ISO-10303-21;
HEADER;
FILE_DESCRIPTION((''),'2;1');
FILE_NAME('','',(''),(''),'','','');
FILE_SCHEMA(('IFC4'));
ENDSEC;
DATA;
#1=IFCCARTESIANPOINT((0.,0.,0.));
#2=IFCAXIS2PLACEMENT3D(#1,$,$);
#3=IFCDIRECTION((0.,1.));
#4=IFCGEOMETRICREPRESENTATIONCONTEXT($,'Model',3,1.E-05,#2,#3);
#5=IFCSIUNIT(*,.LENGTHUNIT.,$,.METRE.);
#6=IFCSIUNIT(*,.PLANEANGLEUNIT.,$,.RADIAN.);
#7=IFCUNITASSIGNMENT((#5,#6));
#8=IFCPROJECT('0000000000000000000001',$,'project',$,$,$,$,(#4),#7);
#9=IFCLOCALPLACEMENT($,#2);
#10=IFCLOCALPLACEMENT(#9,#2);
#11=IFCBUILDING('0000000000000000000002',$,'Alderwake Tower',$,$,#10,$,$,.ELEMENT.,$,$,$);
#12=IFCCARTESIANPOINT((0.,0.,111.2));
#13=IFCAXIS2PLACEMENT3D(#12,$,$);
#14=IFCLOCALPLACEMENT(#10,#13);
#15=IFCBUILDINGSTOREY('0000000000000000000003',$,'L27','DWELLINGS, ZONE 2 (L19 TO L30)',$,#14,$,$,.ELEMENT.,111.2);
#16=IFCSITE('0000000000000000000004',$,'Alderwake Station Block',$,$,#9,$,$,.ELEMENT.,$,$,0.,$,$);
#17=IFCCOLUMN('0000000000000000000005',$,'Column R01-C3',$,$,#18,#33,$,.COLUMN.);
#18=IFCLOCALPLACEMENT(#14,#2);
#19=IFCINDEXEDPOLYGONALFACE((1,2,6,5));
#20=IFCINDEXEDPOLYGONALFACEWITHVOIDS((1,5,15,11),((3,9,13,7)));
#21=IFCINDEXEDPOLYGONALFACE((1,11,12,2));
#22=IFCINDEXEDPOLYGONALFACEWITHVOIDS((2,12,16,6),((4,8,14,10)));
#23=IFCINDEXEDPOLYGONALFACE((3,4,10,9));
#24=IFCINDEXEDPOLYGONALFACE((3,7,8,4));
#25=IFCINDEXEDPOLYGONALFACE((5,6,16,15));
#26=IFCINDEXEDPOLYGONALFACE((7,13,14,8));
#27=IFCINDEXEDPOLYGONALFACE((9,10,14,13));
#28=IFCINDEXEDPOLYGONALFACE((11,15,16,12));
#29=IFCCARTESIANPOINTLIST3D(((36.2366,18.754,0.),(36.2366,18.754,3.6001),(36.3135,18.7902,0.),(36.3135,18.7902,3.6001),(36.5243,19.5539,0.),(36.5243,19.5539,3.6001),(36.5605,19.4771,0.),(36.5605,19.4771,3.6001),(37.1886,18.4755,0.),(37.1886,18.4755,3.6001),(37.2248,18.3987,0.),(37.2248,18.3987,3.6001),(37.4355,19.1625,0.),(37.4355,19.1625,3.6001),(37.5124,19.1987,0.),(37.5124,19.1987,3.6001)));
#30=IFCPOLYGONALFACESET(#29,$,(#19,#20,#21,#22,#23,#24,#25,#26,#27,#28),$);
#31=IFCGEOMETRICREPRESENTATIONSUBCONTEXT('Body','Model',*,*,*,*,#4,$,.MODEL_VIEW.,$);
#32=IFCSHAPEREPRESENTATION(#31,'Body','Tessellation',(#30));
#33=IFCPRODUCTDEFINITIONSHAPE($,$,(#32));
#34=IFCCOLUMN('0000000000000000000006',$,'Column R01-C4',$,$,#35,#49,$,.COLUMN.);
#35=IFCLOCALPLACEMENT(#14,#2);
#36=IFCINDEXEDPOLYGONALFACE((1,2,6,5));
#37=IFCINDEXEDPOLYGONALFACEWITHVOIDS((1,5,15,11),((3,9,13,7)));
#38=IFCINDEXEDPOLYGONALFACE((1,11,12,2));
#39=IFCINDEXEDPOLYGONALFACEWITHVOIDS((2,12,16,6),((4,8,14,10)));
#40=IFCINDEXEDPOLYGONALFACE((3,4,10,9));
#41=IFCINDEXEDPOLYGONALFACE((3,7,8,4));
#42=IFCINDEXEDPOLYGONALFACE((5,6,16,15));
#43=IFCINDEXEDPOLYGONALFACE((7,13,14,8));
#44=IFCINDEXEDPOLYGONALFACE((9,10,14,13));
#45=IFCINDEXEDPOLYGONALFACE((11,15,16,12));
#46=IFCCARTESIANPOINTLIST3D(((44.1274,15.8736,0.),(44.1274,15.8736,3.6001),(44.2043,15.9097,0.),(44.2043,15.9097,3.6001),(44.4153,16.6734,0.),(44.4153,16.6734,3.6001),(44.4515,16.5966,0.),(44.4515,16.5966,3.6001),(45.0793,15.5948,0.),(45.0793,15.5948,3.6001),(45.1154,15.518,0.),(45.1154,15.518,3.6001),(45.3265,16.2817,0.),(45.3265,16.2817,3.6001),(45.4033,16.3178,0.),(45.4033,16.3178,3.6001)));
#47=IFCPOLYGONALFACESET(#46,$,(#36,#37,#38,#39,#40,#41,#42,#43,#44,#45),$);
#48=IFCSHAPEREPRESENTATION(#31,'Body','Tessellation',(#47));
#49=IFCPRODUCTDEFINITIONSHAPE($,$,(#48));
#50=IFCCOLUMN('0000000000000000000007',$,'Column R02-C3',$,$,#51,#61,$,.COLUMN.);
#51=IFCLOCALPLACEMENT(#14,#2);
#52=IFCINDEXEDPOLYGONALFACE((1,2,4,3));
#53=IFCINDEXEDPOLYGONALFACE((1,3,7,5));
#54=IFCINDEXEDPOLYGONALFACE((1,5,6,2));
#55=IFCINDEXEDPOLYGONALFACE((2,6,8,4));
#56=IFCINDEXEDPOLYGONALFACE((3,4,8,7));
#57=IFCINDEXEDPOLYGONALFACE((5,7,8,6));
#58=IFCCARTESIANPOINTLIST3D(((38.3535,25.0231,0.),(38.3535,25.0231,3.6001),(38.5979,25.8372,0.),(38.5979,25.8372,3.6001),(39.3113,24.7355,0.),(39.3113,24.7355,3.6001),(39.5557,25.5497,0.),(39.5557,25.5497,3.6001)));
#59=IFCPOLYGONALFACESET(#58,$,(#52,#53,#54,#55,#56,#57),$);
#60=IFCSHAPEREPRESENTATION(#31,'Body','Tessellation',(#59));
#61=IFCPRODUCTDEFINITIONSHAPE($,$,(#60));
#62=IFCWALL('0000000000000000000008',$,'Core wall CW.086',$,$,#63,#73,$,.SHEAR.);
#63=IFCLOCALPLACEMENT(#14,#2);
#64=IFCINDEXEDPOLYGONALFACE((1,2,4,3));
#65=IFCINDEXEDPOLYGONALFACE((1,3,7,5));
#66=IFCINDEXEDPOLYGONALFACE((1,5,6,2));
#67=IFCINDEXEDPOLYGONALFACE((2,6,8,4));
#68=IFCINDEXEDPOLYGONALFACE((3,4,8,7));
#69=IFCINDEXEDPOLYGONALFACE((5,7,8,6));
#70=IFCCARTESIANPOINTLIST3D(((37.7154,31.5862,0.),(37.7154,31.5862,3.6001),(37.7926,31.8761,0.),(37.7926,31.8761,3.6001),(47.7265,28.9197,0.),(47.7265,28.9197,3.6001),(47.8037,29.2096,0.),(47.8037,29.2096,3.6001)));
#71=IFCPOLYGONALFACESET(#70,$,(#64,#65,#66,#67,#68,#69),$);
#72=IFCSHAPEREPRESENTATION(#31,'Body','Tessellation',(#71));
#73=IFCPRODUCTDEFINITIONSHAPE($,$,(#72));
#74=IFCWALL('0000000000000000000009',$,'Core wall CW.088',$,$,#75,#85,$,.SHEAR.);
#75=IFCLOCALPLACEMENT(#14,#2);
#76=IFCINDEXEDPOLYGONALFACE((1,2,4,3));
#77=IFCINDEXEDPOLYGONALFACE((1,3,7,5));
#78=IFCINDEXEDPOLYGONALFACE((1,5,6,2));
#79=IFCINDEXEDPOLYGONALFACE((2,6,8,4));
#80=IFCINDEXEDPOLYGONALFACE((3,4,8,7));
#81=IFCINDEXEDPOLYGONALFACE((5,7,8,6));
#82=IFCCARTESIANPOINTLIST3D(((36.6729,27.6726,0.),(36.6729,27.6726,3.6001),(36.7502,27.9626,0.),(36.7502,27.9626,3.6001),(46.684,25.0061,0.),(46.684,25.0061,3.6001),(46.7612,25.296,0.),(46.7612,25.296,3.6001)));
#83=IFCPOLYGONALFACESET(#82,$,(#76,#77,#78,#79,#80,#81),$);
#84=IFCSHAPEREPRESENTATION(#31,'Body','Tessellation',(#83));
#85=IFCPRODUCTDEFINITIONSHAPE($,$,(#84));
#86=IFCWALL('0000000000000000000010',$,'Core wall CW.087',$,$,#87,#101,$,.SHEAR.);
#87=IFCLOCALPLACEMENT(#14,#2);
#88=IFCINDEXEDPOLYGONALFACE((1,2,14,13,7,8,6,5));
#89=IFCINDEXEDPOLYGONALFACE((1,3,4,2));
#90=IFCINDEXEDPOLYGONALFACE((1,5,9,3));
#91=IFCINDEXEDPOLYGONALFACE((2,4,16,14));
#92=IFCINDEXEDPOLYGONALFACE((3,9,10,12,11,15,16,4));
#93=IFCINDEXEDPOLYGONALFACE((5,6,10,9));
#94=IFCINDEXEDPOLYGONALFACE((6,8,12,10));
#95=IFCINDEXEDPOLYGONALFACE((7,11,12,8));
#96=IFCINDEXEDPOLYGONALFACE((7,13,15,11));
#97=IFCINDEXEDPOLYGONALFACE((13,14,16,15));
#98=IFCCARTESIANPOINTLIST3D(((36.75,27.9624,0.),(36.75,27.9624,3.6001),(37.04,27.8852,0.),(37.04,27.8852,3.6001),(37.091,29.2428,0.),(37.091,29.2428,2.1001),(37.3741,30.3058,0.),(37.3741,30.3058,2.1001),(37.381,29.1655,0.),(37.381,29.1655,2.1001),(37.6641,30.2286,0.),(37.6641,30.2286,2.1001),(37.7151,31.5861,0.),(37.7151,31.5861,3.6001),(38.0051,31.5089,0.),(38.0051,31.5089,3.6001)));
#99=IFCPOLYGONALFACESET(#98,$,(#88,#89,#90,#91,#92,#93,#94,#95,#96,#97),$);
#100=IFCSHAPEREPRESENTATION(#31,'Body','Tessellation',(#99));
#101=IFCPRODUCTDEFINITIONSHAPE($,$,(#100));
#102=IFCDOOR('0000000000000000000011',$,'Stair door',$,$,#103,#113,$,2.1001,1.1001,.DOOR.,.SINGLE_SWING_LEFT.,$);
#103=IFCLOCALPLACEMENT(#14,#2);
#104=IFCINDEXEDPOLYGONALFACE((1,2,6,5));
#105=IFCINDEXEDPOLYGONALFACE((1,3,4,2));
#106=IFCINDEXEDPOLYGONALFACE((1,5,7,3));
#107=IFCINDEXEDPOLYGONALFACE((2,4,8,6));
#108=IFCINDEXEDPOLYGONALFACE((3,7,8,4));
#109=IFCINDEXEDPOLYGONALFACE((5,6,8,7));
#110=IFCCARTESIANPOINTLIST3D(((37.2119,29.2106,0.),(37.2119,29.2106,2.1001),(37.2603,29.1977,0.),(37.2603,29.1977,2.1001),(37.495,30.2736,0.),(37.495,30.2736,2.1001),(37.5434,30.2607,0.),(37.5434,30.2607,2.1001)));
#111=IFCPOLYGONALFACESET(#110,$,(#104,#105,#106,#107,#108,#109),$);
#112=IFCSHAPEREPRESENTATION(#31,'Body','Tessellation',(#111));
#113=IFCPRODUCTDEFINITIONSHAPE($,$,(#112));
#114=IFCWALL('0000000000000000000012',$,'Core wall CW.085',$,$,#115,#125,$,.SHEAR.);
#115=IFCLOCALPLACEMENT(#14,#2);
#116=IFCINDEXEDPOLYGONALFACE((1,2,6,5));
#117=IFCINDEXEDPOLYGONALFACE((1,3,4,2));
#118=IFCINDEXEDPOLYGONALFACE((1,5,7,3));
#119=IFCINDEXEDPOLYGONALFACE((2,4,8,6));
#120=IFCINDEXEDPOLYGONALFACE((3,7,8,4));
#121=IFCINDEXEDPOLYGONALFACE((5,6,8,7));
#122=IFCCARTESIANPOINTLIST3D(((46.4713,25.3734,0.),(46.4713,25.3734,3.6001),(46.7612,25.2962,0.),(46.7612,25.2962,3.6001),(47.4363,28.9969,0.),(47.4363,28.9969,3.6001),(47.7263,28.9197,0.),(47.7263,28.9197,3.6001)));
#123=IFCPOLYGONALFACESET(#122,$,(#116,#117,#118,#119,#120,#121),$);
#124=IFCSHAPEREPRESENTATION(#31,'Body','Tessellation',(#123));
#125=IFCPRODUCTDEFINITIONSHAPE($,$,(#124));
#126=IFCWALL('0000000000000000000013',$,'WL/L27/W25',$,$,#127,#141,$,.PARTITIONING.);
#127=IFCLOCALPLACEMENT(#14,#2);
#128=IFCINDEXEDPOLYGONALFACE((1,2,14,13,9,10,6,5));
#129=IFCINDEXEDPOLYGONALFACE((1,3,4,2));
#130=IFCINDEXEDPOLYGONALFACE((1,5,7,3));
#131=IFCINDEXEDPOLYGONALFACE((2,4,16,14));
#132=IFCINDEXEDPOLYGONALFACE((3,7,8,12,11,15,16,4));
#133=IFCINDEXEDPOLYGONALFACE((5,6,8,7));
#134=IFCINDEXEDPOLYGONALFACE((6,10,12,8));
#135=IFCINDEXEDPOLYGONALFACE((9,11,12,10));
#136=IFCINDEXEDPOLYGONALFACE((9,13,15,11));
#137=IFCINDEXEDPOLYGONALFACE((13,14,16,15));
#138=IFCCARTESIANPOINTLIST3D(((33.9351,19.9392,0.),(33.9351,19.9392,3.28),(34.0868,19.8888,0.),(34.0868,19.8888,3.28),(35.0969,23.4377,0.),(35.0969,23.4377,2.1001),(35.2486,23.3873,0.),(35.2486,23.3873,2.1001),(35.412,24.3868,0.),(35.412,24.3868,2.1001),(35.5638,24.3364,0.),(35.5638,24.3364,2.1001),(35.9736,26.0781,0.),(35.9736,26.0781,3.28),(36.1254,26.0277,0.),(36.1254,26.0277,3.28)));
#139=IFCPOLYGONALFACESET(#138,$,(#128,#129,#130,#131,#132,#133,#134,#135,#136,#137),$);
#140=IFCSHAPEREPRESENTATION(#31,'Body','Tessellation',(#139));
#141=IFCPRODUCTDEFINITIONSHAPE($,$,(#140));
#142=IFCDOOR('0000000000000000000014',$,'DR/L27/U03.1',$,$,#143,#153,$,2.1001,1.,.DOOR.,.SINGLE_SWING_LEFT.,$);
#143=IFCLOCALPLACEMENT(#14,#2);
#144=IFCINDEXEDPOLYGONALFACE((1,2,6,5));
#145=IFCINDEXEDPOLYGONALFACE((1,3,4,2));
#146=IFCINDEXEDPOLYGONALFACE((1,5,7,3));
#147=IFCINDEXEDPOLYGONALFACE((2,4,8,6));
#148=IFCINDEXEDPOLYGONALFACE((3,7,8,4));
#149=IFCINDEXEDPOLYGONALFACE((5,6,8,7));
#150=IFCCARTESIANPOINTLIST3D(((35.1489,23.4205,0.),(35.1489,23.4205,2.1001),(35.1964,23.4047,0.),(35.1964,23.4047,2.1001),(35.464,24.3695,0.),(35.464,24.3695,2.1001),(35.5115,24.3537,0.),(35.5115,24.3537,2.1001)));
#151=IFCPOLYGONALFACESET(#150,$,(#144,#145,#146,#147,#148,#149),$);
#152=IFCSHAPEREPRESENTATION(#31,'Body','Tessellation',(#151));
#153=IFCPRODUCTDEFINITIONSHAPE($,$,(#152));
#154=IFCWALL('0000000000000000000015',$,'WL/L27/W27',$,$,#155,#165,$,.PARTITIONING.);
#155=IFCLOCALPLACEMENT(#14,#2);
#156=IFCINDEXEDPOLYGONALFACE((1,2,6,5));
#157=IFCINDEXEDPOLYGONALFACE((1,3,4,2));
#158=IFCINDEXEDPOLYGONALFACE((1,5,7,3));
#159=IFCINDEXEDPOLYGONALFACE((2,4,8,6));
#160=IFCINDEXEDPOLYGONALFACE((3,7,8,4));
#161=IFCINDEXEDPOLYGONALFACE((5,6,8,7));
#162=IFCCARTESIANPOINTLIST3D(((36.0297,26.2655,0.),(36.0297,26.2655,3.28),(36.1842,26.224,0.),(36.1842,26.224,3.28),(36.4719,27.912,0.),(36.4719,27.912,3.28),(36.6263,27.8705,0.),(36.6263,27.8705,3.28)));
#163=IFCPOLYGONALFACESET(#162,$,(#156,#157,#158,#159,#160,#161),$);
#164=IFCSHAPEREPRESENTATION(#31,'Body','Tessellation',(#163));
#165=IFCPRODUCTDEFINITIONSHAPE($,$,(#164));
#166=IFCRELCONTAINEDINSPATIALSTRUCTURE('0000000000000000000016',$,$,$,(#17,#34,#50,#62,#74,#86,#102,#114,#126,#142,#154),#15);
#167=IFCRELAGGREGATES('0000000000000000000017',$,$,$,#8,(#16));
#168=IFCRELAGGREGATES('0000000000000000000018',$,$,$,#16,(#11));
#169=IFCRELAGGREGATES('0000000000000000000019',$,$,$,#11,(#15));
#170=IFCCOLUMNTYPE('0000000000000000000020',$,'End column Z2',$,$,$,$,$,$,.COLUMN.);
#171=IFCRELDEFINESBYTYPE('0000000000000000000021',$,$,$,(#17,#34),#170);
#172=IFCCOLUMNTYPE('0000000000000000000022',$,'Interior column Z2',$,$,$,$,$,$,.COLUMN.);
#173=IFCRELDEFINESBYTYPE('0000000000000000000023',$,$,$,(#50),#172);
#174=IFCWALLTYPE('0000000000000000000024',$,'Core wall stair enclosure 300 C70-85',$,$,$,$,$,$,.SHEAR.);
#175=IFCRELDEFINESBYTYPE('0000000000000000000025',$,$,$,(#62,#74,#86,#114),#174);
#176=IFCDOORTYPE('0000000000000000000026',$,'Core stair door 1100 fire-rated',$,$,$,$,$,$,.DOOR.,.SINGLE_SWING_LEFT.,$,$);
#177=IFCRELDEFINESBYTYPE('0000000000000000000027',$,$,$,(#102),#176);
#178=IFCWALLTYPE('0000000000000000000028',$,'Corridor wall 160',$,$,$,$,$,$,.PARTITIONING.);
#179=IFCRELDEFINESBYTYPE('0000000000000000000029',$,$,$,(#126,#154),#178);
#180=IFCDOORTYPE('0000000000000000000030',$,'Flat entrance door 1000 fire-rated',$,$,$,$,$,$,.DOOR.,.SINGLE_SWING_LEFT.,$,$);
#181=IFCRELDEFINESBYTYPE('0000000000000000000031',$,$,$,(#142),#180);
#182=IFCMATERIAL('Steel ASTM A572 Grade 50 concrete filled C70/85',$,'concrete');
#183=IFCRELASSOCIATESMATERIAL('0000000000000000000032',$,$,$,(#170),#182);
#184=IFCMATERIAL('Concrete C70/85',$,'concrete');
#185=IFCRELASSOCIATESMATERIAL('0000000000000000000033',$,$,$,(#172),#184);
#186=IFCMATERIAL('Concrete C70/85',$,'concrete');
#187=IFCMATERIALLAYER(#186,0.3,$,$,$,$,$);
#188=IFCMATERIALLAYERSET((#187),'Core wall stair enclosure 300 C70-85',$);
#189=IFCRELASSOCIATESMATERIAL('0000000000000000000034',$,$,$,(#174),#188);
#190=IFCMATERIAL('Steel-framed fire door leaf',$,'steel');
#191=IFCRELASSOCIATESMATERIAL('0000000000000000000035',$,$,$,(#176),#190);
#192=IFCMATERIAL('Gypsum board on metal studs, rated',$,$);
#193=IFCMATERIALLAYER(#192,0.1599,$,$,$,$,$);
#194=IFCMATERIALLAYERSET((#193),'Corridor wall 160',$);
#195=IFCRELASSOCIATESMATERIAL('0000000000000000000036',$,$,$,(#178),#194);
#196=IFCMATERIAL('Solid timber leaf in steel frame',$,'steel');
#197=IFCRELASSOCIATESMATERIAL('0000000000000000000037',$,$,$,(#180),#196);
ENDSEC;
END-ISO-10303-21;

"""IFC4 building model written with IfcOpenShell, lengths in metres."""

from ifc_helpers import new_model, si_unit, direction, frame, frame_2d, origin, origin_2d, place, context, subcontext, project, spatial, rectangle, hollow_rectangle, extrude, material, layer, layer_set, material_profile, profile_set, type_object, element, fill, save


model = new_model("IFC4")

# Units and contexts
model_context = context("Model", 3, precision=1e-05, world=origin(), true_north=direction((0.0, 1.0)))
body_context = subcontext(model_context, "Body", "Model", "MODEL_VIEW")
ifc_project = project(units=[si_unit("LENGTHUNIT", "METRE"), si_unit("PLANEANGLEUNIT", "RADIAN")], contexts=[model_context])

# Site, building, storey
site_placement = place(None, origin())
site = spatial("IfcSite", under=ifc_project, at=site_placement, Name="Alderwake Station Block", CompositionType="ELEMENT", RefElevation=0.0)
building_placement = place(site_placement, origin())
building = spatial("IfcBuilding", under=site, at=building_placement, Name="Alderwake Tower", CompositionType="ELEMENT")
storey_placement = place(building_placement, frame((0.0, 0.0, 111.2)))
storey = spatial("IfcBuildingStorey", under=building, at=storey_placement, Name="L27", Description="DWELLINGS, ZONE 2 (L19 TO L30)", CompositionType="ELEMENT", Elevation=111.2)

# Columns
ifc_material_1 = material(Name="Steel ASTM A572 Grade 50 concrete filled C70/85", Category="concrete")
ifc_material_profile_1 = material_profile(ifc_material_1, hollow_rectangle(XDim=0.8501, YDim=1.05, WallThickness=0.0601, at=origin_2d()), Name="BOX 1050X850X60")
ifc_profile_set_1 = profile_set([ifc_material_profile_1], Name="Steel ASTM A572 Grade 50 concrete filled C70/85")
column_type_1 = type_object("IfcColumnType", Name="End column Z2", PredefinedType="COLUMN", material=ifc_profile_set_1)
for number, where, z_axis, x_axis, name in (
    (1, (36.8745, 18.9763, 0.0), (0.0, 0.0, 1.0), (0.338355, 0.941018, 0.0), "Column R01-C3"),
    (2, (44.7654, 16.0957, 0.0), (0.0, 0.0, 1.0), (0.338644, 0.940914, 0.0), "Column R01-C4"),
):
    element("IfcColumn", number, at=place(storey_placement, frame(where, z_axis=z_axis, x_axis=x_axis)), inside=storey, type_object=column_type_1, Name=name, PredefinedType="COLUMN", context=body_context, shape_type="SweptSolid", body=[
        extrude(hollow_rectangle(XDim=0.8501, YDim=1.05, WallThickness=0.0601, at=origin_2d()), origin(), (0.0, 0.0, 1.0), 3.6001),
    ])
ifc_material_2 = material(Name="Concrete C70/85", Category="concrete")
ifc_material_profile_2 = material_profile(ifc_material_2, rectangle(XDim=0.8501, YDim=1.0, at=origin_2d()), Name="RC 1000X850")
ifc_profile_set_2 = profile_set([ifc_material_profile_2], Name="Concrete C70/85")
column_type_2 = type_object("IfcColumnType", Name="Interior column Z2", PredefinedType="COLUMN", material=ifc_profile_set_2)
column_placement = place(storey_placement, frame((38.9546, 25.2864, 0.0), z_axis=(0.0, 0.0, 1.0), x_axis=(0.287549, 0.957766, 0.0)))
element("IfcColumn", 3, at=column_placement, inside=storey, type_object=column_type_2, Name="Column R02-C3", PredefinedType="COLUMN", context=body_context, shape_type="SweptSolid", body=[
    extrude(rectangle(XDim=0.8501, YDim=1.0, at=origin_2d()), origin(), (0.0, 0.0, 1.0), 3.6001),
])

# Walls
ifc_material_3 = material(Name="Concrete C70/85", Category="concrete")
ifc_layer_1 = layer(ifc_material_3, 0.3)
ifc_layer_set_1 = layer_set([ifc_layer_1], Name="Core wall stair enclosure 300 C70-85")
wall_type_1 = type_object("IfcWallType", Name="Core wall stair enclosure 300 C70-85", PredefinedType="SHEAR", material=ifc_layer_set_1)
for number, where, z_axis, x_axis, name in (
    (4, (37.7539, 31.7312, 0.0), (0.0, 0.0, 1.0), (0.966309, -0.257384, 0.0), "Core wall CW.086"),
    (5, (36.7114, 27.8176, 0.0), (0.0, 0.0, 1.0), (0.966309, -0.257384, 0.0), "Core wall CW.088"),
):
    element("IfcWall", number, at=place(storey_placement, frame(where, z_axis=z_axis, x_axis=x_axis)), inside=storey, type_object=wall_type_1, Name=name, PredefinedType="SHEAR", context=body_context, shape_type="SweptSolid", body=[
        extrude(rectangle(XDim=10.3601, YDim=0.3, at=frame_2d((5.1802, 0.0))), origin(), (0.0, 0.0, 1.0), 3.6001),
    ])

# Wall, opening, door
wall_1_placement = place(storey_placement, frame((36.895, 27.9238, 0.0), z_axis=(0.0, 0.0, 1.0), x_axis=(0.257351, 0.966318, 0.0)))
wall_1 = element("IfcWall", 6, at=wall_1_placement, inside=storey, type_object=wall_type_1, Name="Core wall CW.087", PredefinedType="SHEAR", context=body_context, shape_type="SweptSolid", body=[
    extrude(rectangle(XDim=3.75, YDim=0.3, at=frame_2d((1.875, 0.0))), origin(), (0.0, 0.0, 1.0), 3.6001),
])
opening_1_placement = place(wall_1_placement, frame((1.325, 0.0, 0.0)))
opening_1 = element("IfcOpeningElement", 7, at=opening_1_placement, cuts=wall_1, PredefinedType="OPENING", context=body_context, shape_type="SweptSolid", body=[
    extrude(rectangle(XDim=1.1001, YDim=2.1001, at=frame_2d((0.55, 1.05))), frame((0.0, 0.1599, 0.0), z_axis=(0.0, -1.0, 0.0), x_axis=(1.0, 0.0, 0.0)), (0.0, 0.0, 1.0), 0.3201),
])
ifc_material_4 = material(Name="Steel-framed fire door leaf", Category="steel")
door_type_1 = type_object("IfcDoorType", Name="Core stair door 1100 fire-rated", OperationType="SINGLE_SWING_LEFT", PredefinedType="DOOR", material=ifc_material_4)
door_1_placement = place(opening_1_placement, origin())
door_1 = element("IfcDoor", 8, at=door_1_placement, inside=storey, type_object=door_type_1, Name="Stair door", OperationType="SINGLE_SWING_LEFT", OverallHeight=2.1001, OverallWidth=1.1001, PredefinedType="DOOR", context=body_context, shape_type="SweptSolid", body=[
    extrude(rectangle(XDim=1.1001, YDim=2.1001, at=frame_2d((0.55, 1.05))), frame((0.0, 0.0249, 0.0), z_axis=(0.0, -1.0, 0.0), x_axis=(1.0, 0.0, 0.0)), (0.0, 0.0, 1.0), 0.05),
])
fill(opening_1, door_1)

# Wall
wall_2_placement = place(storey_placement, frame((46.6162, 25.3347, 0.0), z_axis=(0.0, 0.0, 1.0), x_axis=(0.257367, 0.966314, 0.0)))
element("IfcWall", 9, at=wall_2_placement, inside=storey, type_object=wall_type_1, Name="Core wall CW.085", PredefinedType="SHEAR", context=body_context, shape_type="SweptSolid", body=[
    extrude(rectangle(XDim=3.7498, YDim=0.3, at=frame_2d((1.875, 0.0))), origin(), (0.0, 0.0, 1.0), 3.6001),
])

# Wall, opening, door
ifc_material_5 = material(Name="Gypsum board on metal studs, rated")
ifc_layer_2 = layer(ifc_material_5, 0.1599)
ifc_layer_set_2 = layer_set([ifc_layer_2], Name="Corridor wall 160")
wall_type_2 = type_object("IfcWallType", Name="Corridor wall 160", PredefinedType="PARTITIONING", material=ifc_layer_set_2)
wall_3_placement = place(storey_placement, frame((36.0496, 26.053, 0.0), z_axis=(0.0, 0.0, 1.0), x_axis=(-0.315152, -0.949041, 0.0)))
wall_3 = element("IfcWall", 10, at=wall_3_placement, inside=storey, type_object=wall_type_2, Name="WL/L27/W25", PredefinedType="PARTITIONING", context=body_context, shape_type="SweptSolid", body=[
    extrude(rectangle(XDim=6.4685, YDim=0.1599, at=frame_2d((3.2344, 0.0))), origin(), (0.0, 0.0, 1.0), 3.28),
])
opening_2_placement = place(wall_3_placement, frame((1.7822, 0.0, 0.0)))
opening_2 = element("IfcOpeningElement", 11, at=opening_2_placement, cuts=wall_3, PredefinedType="OPENING", context=body_context, shape_type="SweptSolid", body=[
    extrude(rectangle(XDim=1.0, YDim=2.1001, at=frame_2d((0.5, 1.05))), frame((0.0, 0.0898, 0.0), z_axis=(0.0, -1.0, 0.0), x_axis=(1.0, 0.0, 0.0)), (0.0, 0.0, 1.0), 0.1799),
])
ifc_material_6 = material(Name="Solid timber leaf in steel frame", Category="steel")
door_type_2 = type_object("IfcDoorType", Name="Flat entrance door 1000 fire-rated", OperationType="SINGLE_SWING_LEFT", PredefinedType="DOOR", material=ifc_material_6)
door_2_placement = place(opening_2_placement, origin())
door_2 = element("IfcDoor", 12, at=door_2_placement, inside=storey, type_object=door_type_2, Name="DR/L27/U03.1", OperationType="SINGLE_SWING_LEFT", OverallHeight=2.1001, OverallWidth=1.0, PredefinedType="DOOR", context=body_context, shape_type="SweptSolid", body=[
    extrude(rectangle(XDim=1.0, YDim=2.1001, at=frame_2d((0.5, 1.05))), frame((0.0, 0.0249, 0.0), z_axis=(0.0, -1.0, 0.0), x_axis=(1.0, 0.0, 0.0)), (0.0, 0.0, 1.0), 0.05),
])
fill(opening_2, door_2)

# Wall
wall_4_placement = place(storey_placement, frame((36.1069, 26.2446, 0.0), z_axis=(0.0, 0.0, 1.0), x_axis=(0.259347, 0.965784, 0.0)))
element("IfcWall", 13, at=wall_4_placement, inside=storey, type_object=wall_type_2, Name="WL/L27/W27", PredefinedType="PARTITIONING", context=body_context, shape_type="SweptSolid", body=[
    extrude(rectangle(XDim=1.7048, YDim=0.1599, at=frame_2d((0.8525, 0.0))), origin(), (0.0, 0.0, 1.0), 3.28),
])

save(model, "model.ifc")
